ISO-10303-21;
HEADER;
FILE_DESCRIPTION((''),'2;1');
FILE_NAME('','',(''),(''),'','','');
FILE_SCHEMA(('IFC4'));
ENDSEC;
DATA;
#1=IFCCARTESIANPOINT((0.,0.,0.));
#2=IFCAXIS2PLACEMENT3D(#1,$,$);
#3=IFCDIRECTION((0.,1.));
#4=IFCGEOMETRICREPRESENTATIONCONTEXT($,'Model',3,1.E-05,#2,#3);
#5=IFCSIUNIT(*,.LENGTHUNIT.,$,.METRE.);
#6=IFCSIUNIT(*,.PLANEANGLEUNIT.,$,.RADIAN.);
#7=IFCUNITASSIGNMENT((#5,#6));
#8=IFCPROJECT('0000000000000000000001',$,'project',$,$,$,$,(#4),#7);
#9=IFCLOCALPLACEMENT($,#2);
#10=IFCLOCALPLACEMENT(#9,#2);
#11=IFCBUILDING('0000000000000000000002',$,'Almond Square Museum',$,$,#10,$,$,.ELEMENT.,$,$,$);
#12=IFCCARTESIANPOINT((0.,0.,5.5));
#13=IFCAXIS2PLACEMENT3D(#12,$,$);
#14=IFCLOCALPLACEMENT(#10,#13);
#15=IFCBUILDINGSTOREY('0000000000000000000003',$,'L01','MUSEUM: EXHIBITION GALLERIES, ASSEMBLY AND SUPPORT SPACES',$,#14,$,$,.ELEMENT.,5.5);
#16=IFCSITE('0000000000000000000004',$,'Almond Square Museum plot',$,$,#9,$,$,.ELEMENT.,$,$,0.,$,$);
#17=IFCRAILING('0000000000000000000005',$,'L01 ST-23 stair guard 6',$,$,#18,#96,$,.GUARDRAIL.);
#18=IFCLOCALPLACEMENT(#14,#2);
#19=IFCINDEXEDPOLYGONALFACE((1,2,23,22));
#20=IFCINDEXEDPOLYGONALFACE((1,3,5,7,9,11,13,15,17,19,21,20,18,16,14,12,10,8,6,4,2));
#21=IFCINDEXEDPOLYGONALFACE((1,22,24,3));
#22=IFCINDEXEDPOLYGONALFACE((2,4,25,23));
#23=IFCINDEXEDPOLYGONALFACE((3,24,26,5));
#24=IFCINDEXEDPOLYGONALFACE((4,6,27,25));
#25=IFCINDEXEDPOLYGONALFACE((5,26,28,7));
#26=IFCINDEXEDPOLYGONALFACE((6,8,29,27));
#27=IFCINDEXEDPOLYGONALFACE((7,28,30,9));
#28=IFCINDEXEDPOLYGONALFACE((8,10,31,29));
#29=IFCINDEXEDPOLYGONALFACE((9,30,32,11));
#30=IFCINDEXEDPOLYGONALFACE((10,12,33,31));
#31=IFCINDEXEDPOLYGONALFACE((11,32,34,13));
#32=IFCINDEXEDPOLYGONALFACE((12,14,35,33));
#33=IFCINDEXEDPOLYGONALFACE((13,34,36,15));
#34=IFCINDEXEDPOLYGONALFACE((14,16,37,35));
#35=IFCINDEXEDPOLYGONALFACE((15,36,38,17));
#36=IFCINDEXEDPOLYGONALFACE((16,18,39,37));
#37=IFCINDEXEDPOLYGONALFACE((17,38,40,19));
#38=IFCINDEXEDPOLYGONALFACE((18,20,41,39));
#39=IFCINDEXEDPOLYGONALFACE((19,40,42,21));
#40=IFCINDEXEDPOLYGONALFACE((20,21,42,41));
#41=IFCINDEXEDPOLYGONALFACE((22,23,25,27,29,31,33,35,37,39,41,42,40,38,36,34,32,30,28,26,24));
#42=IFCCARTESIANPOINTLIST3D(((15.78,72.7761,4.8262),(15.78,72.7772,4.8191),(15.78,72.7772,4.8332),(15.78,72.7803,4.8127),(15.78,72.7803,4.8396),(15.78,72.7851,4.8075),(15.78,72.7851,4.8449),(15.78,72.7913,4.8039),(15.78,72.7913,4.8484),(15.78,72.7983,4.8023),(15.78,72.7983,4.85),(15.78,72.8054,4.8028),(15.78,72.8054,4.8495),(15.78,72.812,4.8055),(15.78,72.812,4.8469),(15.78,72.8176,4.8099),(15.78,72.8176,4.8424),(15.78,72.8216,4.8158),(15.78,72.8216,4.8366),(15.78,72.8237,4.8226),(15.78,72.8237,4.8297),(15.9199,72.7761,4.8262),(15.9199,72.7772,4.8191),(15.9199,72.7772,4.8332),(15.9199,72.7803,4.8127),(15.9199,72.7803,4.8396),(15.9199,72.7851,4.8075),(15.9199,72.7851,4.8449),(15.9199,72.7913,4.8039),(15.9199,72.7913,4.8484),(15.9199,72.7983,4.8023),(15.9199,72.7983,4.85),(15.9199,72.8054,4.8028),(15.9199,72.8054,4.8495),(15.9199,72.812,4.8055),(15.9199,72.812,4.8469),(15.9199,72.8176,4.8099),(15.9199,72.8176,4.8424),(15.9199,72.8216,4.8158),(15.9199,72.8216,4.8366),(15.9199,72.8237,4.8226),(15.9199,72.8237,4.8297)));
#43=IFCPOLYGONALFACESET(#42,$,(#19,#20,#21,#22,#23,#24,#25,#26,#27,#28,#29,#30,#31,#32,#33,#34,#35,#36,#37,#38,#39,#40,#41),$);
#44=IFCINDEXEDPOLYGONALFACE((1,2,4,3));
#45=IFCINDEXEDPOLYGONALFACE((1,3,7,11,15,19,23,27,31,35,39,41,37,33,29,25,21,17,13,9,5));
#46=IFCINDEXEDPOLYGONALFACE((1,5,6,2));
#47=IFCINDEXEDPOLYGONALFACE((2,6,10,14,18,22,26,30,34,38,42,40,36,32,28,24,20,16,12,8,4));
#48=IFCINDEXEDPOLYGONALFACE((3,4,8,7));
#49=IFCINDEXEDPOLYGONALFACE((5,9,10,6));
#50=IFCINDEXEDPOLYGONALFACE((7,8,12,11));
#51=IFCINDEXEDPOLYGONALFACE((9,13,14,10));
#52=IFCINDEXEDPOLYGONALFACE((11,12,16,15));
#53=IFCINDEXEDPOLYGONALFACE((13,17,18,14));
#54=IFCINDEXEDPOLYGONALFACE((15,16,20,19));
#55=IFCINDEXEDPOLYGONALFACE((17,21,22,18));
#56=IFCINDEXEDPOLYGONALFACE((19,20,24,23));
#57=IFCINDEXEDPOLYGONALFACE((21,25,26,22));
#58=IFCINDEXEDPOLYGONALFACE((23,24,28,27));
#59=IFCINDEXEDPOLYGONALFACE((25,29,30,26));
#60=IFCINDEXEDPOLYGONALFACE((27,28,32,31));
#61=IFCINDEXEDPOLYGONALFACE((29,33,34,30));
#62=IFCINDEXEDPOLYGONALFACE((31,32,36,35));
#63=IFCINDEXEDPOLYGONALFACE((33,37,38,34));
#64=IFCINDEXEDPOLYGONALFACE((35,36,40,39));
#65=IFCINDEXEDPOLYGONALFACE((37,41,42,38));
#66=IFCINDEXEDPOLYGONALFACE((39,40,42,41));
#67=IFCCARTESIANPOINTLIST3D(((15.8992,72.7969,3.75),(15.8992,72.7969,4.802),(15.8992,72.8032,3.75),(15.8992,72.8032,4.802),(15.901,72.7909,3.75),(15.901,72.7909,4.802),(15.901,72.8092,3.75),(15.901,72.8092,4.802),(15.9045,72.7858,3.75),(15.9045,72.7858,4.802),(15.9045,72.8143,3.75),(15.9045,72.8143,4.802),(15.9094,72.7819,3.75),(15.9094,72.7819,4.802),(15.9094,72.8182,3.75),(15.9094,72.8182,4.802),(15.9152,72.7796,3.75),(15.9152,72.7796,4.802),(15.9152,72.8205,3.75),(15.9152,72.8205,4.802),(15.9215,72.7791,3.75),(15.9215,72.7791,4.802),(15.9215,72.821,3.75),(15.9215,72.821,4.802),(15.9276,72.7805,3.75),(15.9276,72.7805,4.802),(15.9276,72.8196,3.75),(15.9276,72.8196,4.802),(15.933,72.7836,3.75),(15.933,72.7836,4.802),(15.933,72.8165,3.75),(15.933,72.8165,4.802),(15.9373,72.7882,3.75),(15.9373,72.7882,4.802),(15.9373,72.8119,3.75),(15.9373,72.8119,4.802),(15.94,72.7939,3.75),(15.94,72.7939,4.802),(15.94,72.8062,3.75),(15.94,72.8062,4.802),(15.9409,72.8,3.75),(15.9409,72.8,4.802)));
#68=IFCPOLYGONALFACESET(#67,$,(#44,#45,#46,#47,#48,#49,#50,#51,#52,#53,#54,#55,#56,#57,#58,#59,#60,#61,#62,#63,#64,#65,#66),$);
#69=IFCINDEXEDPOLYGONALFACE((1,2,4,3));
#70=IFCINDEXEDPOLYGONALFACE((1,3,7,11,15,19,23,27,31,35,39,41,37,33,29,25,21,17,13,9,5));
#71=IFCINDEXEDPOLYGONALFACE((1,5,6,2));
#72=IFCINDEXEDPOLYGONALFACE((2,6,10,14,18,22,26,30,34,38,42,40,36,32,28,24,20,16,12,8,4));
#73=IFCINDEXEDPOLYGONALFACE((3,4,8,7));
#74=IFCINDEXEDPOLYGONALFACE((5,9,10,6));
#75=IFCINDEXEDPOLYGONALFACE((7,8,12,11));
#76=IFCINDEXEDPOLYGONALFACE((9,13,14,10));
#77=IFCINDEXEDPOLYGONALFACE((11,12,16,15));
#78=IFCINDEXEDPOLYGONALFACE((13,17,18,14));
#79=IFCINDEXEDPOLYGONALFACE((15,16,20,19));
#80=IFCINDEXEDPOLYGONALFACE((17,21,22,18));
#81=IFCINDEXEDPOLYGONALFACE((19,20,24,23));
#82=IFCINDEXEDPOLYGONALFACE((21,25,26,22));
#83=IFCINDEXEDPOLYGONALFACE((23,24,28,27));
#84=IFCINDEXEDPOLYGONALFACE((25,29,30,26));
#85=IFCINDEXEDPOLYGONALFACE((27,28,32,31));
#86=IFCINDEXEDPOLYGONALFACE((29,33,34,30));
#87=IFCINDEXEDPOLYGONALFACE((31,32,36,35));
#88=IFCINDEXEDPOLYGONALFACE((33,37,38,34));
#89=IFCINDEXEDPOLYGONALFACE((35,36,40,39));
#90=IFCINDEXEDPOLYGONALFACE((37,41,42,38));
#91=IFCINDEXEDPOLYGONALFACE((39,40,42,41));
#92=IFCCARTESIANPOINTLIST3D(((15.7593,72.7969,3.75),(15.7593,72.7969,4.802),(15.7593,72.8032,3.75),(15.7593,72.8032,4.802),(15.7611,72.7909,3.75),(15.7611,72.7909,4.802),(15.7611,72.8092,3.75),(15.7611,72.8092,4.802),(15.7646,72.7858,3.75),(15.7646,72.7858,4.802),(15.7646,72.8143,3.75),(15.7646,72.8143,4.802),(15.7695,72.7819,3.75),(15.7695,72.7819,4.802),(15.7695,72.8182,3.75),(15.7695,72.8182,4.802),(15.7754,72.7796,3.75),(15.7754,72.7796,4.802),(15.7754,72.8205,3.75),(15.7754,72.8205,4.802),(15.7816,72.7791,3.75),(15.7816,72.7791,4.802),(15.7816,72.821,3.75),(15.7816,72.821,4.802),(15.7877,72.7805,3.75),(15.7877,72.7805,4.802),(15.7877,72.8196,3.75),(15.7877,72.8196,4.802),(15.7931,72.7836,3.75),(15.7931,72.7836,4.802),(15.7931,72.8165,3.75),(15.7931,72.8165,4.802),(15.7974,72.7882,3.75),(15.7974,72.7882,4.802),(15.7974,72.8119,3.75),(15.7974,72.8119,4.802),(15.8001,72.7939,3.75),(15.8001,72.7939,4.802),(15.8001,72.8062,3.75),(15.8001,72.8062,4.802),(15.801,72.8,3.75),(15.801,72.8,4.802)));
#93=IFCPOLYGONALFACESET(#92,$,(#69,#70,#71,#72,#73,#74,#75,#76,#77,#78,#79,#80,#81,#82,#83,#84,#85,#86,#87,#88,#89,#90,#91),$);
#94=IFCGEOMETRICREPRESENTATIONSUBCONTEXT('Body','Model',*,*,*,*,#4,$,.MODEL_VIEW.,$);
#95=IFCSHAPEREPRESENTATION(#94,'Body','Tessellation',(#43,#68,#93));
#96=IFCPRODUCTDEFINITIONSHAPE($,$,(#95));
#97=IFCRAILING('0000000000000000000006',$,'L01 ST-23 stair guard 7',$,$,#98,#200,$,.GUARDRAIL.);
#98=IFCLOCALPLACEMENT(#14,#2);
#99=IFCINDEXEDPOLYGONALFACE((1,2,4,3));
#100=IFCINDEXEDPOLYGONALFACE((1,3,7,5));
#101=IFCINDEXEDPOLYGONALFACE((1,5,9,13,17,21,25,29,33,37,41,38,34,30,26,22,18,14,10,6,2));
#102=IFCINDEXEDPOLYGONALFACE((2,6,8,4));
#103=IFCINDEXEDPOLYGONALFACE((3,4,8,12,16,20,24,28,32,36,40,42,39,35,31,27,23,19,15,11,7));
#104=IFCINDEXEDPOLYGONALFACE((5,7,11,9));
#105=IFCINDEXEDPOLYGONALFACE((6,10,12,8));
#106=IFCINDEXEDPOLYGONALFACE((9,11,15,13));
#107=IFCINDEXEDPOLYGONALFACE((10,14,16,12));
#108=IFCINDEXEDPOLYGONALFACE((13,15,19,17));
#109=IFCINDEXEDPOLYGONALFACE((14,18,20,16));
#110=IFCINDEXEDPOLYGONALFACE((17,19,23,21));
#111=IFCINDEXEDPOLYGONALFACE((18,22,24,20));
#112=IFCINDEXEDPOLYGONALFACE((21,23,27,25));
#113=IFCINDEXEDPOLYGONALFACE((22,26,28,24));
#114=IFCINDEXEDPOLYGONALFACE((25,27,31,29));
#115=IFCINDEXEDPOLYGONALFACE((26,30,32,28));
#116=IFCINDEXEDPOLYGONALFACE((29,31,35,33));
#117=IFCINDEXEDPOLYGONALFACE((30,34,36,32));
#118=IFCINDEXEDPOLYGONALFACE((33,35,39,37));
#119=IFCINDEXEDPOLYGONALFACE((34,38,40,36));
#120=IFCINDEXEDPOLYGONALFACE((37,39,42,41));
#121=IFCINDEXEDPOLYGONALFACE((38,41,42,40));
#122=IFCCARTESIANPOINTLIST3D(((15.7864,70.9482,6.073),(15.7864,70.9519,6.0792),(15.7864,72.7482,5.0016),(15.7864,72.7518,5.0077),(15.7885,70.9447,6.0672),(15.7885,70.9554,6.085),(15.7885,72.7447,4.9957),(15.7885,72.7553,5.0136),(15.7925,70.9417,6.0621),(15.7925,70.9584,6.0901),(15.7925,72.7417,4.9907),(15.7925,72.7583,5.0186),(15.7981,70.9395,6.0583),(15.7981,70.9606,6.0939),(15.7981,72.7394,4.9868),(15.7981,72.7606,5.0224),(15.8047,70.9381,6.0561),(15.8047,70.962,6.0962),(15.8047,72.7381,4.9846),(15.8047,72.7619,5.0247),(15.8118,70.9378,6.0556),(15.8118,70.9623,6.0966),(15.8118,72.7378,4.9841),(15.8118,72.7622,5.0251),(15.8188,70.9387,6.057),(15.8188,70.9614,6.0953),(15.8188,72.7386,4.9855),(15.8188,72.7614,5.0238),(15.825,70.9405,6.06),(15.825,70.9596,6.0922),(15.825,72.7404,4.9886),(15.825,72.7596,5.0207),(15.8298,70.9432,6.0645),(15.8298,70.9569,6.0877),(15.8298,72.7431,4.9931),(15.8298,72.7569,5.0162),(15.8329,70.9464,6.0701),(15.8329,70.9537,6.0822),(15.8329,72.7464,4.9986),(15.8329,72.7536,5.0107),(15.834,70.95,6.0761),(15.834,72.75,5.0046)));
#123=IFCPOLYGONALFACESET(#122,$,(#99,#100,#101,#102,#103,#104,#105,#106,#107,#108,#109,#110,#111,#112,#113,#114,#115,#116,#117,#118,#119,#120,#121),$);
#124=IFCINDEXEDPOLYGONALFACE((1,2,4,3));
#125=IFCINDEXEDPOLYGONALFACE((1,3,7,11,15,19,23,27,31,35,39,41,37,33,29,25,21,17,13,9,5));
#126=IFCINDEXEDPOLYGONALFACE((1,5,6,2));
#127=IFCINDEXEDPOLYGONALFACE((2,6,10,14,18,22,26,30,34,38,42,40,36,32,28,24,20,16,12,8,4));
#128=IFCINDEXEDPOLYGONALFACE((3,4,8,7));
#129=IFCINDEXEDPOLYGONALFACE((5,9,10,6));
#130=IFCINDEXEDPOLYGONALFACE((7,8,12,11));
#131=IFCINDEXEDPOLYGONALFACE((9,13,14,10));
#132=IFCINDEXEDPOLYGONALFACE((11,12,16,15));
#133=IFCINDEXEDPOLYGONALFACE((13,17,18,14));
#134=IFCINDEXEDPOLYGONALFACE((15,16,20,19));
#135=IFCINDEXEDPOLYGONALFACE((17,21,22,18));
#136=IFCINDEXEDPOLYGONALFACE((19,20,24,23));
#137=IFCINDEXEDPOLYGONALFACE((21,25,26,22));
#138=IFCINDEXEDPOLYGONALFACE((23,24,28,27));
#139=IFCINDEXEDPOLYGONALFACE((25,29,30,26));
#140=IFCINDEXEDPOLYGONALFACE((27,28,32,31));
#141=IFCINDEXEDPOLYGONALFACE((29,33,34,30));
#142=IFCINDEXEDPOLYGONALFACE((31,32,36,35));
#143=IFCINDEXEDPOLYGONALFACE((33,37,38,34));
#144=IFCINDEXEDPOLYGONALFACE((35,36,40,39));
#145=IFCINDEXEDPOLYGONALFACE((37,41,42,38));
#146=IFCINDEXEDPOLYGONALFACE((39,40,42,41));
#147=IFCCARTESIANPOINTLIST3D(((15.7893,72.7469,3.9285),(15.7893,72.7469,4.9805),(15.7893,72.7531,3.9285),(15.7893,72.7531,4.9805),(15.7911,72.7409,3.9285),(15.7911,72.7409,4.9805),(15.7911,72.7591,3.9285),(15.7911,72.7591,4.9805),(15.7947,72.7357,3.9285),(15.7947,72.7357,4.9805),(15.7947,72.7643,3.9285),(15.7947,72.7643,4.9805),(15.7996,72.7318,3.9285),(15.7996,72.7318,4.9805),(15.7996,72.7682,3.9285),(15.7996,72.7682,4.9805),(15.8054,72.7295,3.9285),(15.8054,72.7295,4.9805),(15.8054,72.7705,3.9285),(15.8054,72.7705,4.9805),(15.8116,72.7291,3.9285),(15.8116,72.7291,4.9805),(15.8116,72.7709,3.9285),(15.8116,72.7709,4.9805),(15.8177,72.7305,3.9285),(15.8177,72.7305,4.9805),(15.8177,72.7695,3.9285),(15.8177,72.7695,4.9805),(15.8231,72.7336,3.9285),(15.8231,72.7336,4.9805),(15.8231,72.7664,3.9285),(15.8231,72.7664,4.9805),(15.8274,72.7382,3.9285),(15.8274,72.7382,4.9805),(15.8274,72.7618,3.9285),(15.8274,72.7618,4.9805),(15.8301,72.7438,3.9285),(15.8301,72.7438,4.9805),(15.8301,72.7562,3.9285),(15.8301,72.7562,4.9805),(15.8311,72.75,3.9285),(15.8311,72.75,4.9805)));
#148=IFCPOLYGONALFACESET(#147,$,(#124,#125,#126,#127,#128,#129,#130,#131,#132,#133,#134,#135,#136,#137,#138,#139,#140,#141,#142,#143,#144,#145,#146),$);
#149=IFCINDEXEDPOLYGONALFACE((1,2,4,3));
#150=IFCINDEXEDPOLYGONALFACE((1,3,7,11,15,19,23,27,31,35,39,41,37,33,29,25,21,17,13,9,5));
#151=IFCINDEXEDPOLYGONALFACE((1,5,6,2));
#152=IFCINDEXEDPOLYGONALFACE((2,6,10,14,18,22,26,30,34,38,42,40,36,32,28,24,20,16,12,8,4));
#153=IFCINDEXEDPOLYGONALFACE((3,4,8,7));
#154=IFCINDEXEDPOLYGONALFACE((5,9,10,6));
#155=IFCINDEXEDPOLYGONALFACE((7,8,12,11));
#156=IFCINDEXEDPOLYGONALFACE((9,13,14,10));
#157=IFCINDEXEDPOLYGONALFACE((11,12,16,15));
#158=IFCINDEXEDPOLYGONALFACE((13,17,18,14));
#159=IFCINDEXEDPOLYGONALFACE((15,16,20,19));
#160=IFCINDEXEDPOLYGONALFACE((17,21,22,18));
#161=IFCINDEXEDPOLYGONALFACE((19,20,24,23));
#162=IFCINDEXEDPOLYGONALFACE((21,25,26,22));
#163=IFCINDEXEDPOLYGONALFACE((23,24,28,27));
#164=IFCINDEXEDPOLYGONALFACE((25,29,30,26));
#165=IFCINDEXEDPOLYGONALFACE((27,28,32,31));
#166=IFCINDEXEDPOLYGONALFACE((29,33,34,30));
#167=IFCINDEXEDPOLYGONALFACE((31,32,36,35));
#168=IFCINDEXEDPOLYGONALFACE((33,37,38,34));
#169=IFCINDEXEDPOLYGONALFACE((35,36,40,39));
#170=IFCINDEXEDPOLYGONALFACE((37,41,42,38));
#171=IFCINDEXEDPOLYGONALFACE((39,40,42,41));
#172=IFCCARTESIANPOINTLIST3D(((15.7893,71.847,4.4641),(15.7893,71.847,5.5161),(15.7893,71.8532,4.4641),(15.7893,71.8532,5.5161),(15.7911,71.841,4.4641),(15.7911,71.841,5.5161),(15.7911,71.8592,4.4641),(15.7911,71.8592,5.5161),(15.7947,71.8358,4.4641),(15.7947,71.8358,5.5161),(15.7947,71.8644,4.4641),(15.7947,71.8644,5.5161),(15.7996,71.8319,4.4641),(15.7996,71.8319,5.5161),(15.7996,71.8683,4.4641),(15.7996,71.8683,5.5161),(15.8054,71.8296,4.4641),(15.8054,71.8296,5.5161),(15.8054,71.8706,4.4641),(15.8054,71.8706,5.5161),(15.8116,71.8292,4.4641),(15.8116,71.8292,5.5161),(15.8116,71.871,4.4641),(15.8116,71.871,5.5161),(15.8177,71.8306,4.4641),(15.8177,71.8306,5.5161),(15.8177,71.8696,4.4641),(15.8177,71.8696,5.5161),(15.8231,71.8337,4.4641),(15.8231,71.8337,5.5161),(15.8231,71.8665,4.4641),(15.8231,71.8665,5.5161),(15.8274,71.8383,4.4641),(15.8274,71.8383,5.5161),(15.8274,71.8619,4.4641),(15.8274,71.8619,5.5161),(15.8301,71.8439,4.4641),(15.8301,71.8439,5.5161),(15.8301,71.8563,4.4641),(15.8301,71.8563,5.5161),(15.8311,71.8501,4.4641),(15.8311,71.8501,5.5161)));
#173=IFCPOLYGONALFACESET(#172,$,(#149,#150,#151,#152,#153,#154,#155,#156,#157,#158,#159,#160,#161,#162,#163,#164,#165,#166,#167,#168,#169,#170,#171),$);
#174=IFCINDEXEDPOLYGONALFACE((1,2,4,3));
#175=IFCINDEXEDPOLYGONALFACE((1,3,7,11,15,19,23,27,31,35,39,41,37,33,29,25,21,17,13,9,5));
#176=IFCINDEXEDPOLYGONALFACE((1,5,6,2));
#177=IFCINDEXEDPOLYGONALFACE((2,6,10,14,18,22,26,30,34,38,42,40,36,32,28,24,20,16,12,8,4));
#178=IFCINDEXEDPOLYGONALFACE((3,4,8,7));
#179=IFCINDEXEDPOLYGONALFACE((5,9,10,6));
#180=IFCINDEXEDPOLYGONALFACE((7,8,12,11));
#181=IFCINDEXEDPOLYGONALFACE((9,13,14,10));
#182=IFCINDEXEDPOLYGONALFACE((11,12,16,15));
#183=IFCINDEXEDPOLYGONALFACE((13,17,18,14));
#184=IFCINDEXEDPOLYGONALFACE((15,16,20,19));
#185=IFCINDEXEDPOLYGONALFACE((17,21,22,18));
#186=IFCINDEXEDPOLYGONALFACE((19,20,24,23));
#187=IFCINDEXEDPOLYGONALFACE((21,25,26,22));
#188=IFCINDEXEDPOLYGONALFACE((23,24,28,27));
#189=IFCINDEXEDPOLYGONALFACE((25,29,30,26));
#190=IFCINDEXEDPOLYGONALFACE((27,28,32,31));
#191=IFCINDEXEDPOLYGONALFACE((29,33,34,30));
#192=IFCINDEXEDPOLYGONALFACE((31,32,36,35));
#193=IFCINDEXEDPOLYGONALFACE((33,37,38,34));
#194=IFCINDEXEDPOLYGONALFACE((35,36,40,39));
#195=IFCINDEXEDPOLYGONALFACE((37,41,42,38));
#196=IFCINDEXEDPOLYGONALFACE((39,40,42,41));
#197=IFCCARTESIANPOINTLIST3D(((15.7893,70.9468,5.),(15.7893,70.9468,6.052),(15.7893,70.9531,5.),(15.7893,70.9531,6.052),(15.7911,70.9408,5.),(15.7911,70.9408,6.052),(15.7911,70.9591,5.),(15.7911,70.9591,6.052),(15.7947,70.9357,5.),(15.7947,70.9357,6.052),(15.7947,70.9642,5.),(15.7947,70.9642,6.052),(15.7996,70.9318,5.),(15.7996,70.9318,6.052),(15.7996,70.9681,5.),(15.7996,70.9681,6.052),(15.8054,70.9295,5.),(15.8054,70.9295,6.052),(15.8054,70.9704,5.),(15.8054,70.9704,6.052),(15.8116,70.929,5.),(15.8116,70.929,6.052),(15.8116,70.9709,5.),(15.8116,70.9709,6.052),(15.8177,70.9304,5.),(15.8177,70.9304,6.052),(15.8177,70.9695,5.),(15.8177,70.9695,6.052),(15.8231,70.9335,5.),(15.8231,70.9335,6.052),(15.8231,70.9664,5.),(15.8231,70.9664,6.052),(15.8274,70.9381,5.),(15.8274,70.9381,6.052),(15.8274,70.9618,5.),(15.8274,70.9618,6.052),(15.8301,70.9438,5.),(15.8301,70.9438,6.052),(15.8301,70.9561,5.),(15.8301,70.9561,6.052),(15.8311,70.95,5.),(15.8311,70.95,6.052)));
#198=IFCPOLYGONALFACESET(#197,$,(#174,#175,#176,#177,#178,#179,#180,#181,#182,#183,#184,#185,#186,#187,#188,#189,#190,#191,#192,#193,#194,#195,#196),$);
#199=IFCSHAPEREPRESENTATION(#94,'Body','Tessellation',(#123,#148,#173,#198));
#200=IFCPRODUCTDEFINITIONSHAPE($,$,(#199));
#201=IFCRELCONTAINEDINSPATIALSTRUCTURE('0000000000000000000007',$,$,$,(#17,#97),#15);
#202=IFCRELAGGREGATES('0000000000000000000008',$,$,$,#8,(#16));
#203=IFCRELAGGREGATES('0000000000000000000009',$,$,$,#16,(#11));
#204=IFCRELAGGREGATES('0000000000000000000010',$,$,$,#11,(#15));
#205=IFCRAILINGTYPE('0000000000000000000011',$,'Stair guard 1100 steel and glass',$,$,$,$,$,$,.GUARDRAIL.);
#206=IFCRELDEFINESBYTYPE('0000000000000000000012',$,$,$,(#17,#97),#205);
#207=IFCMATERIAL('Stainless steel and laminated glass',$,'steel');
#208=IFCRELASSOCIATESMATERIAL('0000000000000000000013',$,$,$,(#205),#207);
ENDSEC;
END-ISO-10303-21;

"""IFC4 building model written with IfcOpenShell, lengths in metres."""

from ifc_helpers import new_model, si_unit, direction, frame, origin, origin_2d, place, context, subcontext, project, spatial, circle, extrude, material, type_object, element, save


model = new_model("IFC4")

# Units and contexts
model_context = context("Model", 3, precision=1e-05, world=origin(), true_north=direction((0.0, 1.0)))
body_context = subcontext(model_context, "Body", "Model", "MODEL_VIEW")
ifc_project = project(units=[si_unit("LENGTHUNIT", "METRE"), si_unit("PLANEANGLEUNIT", "RADIAN")], contexts=[model_context])

# Site, building, storey
site_placement = place(None, origin())
site = spatial("IfcSite", under=ifc_project, at=site_placement, Name="Almond Square Museum plot", CompositionType="ELEMENT", RefElevation=0.0)
building_placement = place(site_placement, origin())
building = spatial("IfcBuilding", under=site, at=building_placement, Name="Almond Square Museum", CompositionType="ELEMENT")
storey_placement = place(building_placement, frame((0.0, 0.0, 5.5)))
storey = spatial("IfcBuildingStorey", under=building, at=storey_placement, Name="L01", Description="MUSEUM: EXHIBITION GALLERIES, ASSEMBLY AND SUPPORT SPACES", CompositionType="ELEMENT", Elevation=5.5)

# Railings
ifc_material_1 = material(Name="Stainless steel and laminated glass", Category="steel")
railing_type_1 = type_object("IfcRailingType", Name="Stair guard 1100 steel and glass", PredefinedType="GUARDRAIL", material=ifc_material_1)
railing_1_placement = place(storey_placement, frame((15.9199, 72.8, 3.75)))
element("IfcRailing", 1, at=railing_1_placement, inside=storey, type_object=railing_type_1, Name="L01 ST-23 stair guard 6", PredefinedType="GUARDRAIL", context=body_context, shape_type="SweptSolid", body=[
    extrude(circle(Radius=0.0239, at=origin_2d()), frame((0.0, 0.0, 1.0762), z_axis=(-1.0, 0.0, 0.0), x_axis=(0.0, -1.0, 0.0)), (0.0, 0.0, 1.0), 0.1399),
    extrude(circle(Radius=0.021, at=origin_2d()), origin(), (0.0, 0.0, 1.0), 1.052),
    extrude(circle(Radius=0.021, at=origin_2d()), frame((-0.1399, 0.0, 0.0)), (0.0, 0.0, 1.0), 1.052),
])
railing_2_placement = place(storey_placement, frame((15.8101, 72.75, 3.9285)))
element("IfcRailing", 2, at=railing_2_placement, inside=storey, type_object=railing_type_1, Name="L01 ST-23 stair guard 7", PredefinedType="GUARDRAIL", context=body_context, shape_type="SweptSolid", body=[
    extrude(circle(Radius=0.0239, at=origin_2d()), frame((0.0, 0.0, 1.0762), z_axis=(0.0, -0.859277, 0.51151), x_axis=(1.0, 0.0, 0.0)), (0.0, 0.0, 1.0), 2.0947),
    extrude(circle(Radius=0.021, at=origin_2d()), origin(), (0.0, 0.0, 1.0), 1.052),
    extrude(circle(Radius=0.021, at=origin_2d()), frame((0.0, -0.8999, 0.5356)), (0.0, 0.0, 1.0), 1.052),
    extrude(circle(Radius=0.021, at=origin_2d()), frame((0.0, -1.8, 1.0715)), (0.0, 0.0, 1.0), 1.052),
])

save(model, "model.ifc")
